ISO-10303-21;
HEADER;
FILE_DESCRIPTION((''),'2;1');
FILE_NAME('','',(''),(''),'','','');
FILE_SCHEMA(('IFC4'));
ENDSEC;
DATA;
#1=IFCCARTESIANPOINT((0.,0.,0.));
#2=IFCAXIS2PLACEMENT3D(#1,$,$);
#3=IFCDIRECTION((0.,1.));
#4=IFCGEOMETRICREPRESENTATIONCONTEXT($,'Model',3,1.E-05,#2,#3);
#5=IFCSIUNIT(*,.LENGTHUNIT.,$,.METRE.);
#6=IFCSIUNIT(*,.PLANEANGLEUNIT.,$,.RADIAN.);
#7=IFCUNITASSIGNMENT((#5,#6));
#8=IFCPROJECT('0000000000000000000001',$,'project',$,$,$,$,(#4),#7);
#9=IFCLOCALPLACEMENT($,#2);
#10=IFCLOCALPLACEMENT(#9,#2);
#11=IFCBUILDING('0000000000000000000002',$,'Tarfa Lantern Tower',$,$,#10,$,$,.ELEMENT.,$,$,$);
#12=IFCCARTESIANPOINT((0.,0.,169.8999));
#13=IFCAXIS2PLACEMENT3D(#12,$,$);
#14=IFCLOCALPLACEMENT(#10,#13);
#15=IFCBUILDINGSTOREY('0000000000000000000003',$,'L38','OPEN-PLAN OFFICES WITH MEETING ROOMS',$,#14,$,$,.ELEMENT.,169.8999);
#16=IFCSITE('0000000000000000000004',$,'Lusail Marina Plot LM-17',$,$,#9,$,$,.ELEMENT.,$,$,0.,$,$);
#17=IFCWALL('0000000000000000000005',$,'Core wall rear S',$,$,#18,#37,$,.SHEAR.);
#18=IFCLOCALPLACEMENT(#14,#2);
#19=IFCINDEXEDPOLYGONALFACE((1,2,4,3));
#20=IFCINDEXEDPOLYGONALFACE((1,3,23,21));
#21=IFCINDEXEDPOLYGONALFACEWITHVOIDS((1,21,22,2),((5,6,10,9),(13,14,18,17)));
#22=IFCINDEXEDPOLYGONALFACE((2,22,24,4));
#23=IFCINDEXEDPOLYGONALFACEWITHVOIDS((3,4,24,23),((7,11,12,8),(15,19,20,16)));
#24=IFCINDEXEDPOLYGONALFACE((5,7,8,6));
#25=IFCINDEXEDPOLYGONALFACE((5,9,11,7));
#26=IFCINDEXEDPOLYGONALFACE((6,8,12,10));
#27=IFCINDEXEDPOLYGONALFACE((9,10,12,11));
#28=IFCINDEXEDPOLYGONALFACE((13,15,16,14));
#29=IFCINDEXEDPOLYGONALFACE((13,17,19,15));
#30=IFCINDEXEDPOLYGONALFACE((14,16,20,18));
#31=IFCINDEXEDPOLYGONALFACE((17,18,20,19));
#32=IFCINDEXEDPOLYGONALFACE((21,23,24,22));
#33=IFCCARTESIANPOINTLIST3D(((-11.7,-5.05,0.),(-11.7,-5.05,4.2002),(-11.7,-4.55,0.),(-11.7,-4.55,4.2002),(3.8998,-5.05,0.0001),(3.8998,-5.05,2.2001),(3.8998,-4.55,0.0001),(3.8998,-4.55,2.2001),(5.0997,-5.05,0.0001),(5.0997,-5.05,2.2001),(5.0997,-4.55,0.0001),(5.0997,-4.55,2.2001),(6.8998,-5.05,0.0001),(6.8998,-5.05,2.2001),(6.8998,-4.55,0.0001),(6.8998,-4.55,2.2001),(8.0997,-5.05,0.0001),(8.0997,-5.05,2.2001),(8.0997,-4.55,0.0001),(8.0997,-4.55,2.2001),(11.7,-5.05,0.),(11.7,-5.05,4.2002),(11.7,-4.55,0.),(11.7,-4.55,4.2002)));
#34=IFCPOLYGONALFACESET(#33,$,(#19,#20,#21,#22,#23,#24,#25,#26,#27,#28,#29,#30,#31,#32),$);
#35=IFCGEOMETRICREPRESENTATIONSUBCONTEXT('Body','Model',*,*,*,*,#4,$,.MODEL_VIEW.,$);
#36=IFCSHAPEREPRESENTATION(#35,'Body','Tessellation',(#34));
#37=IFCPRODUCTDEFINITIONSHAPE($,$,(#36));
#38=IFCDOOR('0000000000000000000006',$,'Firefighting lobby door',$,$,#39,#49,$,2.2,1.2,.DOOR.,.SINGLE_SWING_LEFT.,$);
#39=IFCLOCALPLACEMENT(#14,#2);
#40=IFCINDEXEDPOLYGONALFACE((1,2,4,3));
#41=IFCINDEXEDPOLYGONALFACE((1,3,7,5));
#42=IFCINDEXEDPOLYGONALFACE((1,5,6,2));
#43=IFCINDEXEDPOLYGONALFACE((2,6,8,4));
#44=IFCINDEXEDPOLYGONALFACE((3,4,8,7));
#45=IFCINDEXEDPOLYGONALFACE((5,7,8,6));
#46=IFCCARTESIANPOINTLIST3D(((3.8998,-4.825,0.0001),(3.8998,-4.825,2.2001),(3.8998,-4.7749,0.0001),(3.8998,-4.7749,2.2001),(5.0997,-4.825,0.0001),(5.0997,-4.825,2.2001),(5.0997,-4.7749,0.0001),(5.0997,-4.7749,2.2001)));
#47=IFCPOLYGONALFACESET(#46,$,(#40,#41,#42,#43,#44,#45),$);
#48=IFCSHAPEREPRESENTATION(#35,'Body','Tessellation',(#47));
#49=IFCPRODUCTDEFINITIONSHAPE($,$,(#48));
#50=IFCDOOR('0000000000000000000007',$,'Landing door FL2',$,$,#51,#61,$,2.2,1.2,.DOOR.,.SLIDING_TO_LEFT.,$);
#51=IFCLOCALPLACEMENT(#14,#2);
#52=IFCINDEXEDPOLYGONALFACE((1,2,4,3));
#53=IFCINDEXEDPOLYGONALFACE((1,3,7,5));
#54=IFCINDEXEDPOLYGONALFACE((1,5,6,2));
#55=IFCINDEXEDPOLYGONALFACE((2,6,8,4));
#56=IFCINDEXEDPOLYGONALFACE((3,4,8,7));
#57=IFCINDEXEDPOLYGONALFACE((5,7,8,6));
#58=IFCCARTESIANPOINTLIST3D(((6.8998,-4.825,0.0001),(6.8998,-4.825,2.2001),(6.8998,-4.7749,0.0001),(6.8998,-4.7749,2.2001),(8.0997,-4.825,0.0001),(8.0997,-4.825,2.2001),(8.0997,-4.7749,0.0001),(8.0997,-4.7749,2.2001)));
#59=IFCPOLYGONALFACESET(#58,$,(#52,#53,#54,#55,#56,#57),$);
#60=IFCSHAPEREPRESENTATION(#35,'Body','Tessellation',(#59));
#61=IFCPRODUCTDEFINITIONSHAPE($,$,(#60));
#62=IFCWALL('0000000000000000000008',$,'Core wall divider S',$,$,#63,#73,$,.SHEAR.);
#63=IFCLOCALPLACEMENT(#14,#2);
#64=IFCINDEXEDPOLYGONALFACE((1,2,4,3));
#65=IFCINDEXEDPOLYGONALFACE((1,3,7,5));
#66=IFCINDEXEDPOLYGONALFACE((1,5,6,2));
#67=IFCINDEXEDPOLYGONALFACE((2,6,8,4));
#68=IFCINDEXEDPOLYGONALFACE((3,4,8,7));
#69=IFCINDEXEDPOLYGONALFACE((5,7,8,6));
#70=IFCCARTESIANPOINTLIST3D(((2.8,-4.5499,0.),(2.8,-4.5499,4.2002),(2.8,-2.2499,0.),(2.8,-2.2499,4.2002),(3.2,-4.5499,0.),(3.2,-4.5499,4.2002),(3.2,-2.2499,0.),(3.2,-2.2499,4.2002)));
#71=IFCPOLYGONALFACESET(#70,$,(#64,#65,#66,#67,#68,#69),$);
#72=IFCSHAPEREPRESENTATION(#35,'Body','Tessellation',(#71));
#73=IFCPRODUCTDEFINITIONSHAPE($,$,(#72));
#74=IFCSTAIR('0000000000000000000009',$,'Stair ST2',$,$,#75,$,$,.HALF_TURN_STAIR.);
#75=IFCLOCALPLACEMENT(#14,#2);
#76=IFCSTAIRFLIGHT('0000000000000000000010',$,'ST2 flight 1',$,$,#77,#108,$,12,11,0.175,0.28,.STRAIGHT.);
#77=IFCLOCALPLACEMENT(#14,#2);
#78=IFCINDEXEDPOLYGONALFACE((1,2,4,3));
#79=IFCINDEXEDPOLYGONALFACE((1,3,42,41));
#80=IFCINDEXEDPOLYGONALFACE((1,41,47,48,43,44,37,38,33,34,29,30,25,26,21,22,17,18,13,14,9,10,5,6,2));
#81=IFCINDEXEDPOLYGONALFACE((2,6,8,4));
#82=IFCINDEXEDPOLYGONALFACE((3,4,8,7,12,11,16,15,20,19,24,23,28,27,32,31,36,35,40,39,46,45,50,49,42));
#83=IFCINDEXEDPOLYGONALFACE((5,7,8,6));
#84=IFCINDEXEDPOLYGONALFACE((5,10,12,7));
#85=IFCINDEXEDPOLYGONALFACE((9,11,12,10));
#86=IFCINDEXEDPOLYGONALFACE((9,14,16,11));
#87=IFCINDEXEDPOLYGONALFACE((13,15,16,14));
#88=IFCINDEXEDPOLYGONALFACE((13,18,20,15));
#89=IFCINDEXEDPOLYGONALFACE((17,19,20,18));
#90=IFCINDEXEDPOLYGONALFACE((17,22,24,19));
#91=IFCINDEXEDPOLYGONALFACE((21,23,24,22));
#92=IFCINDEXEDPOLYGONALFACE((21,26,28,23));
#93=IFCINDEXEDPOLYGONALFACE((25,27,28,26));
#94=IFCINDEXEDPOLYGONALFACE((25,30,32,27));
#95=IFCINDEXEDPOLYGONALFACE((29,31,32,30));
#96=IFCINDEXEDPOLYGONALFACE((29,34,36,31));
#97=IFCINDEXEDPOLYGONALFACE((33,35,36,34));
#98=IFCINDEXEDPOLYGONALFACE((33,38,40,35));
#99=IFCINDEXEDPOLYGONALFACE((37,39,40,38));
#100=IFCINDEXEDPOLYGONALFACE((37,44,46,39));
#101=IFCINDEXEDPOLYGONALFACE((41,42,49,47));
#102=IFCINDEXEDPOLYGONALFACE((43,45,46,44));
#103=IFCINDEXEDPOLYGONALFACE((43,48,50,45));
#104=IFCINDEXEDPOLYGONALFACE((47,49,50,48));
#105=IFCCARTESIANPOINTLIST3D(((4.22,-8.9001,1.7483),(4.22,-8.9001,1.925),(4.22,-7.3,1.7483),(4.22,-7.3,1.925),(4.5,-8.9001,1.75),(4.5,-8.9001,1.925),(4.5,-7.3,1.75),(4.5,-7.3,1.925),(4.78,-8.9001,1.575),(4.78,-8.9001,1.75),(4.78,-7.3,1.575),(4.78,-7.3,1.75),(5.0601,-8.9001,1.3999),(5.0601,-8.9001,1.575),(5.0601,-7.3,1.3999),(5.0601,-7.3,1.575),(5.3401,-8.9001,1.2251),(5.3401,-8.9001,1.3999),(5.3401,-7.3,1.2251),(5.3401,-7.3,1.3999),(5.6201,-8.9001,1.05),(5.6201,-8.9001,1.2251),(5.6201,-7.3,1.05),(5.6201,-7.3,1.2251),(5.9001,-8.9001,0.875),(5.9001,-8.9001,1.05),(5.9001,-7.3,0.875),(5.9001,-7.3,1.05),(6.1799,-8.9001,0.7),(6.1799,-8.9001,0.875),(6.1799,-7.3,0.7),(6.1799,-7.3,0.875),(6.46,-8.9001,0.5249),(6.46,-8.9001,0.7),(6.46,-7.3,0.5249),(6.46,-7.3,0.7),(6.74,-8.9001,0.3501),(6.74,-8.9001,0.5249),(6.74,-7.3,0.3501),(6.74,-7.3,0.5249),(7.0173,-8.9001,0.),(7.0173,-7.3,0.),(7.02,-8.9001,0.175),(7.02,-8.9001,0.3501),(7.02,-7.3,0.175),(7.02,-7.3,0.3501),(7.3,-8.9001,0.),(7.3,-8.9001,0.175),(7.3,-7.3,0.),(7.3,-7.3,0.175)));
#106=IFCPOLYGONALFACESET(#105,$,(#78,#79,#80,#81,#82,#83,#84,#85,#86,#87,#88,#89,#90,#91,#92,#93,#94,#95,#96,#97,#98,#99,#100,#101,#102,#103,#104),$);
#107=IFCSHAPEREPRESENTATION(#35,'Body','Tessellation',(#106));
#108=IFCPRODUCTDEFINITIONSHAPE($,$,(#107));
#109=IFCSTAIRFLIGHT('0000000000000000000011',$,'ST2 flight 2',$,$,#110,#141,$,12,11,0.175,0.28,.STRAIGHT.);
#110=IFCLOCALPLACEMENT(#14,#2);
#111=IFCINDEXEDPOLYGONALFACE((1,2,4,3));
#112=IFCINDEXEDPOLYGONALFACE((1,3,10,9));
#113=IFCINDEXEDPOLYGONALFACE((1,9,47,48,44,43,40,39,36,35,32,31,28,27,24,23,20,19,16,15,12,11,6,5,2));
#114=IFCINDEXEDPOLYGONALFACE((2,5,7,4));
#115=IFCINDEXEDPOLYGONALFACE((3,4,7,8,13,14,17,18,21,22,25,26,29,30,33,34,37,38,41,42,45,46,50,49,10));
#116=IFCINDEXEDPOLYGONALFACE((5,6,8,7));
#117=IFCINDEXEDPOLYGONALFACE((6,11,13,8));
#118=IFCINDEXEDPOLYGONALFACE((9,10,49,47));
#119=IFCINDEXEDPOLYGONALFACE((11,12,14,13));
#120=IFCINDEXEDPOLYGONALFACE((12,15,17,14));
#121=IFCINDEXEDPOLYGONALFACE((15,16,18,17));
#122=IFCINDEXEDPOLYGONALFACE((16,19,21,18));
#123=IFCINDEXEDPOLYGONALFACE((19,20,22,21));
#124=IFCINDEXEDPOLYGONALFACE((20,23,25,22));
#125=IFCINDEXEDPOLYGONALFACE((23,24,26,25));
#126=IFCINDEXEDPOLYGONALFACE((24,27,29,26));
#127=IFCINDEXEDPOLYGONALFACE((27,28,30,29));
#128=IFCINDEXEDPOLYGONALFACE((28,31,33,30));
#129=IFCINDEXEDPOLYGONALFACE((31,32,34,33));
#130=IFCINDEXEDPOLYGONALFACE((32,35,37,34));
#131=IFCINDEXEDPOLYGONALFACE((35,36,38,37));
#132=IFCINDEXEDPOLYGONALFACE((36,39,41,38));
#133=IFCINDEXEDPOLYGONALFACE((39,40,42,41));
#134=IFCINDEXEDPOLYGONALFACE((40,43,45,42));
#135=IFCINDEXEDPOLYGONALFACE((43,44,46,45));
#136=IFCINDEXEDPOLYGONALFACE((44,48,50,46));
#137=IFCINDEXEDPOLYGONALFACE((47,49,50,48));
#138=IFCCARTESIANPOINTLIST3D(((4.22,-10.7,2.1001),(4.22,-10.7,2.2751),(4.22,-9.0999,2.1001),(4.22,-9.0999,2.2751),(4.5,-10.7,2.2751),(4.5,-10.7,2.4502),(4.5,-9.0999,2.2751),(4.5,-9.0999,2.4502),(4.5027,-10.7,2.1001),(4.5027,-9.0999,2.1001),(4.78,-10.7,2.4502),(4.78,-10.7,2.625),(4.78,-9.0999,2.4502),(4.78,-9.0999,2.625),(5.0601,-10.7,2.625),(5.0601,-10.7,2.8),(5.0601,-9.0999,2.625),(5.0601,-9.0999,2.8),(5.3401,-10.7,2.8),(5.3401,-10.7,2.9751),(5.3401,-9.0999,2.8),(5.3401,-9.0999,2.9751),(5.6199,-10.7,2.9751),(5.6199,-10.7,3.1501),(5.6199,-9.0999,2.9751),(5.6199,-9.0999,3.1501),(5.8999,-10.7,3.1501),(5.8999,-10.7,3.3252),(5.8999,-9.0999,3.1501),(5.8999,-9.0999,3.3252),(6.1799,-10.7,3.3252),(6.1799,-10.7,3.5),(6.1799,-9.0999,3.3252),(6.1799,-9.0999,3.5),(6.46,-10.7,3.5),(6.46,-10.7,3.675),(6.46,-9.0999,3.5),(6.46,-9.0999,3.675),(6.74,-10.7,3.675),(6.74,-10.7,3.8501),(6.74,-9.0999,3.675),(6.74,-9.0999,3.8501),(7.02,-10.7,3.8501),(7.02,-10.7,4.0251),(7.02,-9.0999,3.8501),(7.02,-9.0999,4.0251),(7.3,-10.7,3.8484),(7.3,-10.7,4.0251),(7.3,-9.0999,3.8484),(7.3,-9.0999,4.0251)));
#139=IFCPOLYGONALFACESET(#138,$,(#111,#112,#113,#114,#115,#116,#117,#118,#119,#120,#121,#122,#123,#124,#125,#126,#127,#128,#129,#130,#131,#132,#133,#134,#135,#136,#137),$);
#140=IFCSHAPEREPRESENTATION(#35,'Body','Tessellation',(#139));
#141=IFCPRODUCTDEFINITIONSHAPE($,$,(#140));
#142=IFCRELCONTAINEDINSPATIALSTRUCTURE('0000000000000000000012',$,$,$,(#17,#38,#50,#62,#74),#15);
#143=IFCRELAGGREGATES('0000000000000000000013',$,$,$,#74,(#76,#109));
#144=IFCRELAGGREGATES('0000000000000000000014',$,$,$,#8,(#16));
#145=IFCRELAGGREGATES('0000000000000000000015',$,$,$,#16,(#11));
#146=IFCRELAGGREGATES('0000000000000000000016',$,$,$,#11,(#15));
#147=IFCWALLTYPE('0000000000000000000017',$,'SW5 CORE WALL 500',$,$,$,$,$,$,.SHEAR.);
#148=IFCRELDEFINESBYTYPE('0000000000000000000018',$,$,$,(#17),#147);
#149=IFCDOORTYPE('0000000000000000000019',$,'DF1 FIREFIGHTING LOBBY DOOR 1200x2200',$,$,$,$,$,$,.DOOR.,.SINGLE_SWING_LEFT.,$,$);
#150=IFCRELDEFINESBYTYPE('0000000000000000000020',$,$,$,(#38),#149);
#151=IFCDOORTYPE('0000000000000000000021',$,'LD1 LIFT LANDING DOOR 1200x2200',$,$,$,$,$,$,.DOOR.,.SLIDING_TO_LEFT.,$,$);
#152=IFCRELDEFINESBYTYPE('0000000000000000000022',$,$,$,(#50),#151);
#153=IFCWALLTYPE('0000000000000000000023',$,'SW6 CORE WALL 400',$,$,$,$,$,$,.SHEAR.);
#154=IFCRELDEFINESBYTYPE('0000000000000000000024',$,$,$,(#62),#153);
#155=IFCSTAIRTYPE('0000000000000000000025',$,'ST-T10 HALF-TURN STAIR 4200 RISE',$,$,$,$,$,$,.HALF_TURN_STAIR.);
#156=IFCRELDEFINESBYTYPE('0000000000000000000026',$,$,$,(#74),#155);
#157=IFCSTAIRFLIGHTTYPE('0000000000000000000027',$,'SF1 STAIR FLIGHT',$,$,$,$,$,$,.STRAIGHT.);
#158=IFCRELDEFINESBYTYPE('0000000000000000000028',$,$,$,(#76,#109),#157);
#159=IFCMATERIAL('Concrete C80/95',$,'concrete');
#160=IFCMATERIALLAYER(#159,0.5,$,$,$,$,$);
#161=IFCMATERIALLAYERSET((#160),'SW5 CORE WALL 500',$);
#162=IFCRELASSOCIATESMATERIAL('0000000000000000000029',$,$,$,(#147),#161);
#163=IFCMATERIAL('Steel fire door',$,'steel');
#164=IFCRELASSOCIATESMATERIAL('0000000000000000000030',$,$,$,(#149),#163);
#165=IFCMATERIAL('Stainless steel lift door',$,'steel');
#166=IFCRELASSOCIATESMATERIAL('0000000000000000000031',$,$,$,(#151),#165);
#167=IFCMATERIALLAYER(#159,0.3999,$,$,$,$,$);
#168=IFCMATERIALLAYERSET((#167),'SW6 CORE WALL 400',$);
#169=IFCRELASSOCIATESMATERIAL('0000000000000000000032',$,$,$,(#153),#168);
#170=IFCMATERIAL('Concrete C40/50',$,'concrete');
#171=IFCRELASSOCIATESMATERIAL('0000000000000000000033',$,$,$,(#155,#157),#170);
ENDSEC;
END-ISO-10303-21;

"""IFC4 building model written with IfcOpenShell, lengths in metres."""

from ifc_helpers import new_model, si_unit, direction, frame, frame_2d, origin, place, context, subcontext, project, spatial, polyline, rectangle, outline, extrude, material, layer, layer_set, type_object, element, fill, aggregate, save


model = new_model("IFC4")

# Units and contexts
model_context = context("Model", 3, precision=1e-05, world=origin(), true_north=direction((0.0, 1.0)))
body_context = subcontext(model_context, "Body", "Model", "MODEL_VIEW")
ifc_project = project(units=[si_unit("LENGTHUNIT", "METRE"), si_unit("PLANEANGLEUNIT", "RADIAN")], contexts=[model_context])

# Site, building, storey
site_placement = place(None, origin())
site = spatial("IfcSite", under=ifc_project, at=site_placement, Name="Lusail Marina Plot LM-17", CompositionType="ELEMENT", RefElevation=0.0)
building_placement = place(site_placement, origin())
building = spatial("IfcBuilding", under=site, at=building_placement, Name="Tarfa Lantern Tower", CompositionType="ELEMENT")
storey_placement = place(building_placement, frame((0.0, 0.0, 169.8999)))
storey = spatial("IfcBuildingStorey", under=building, at=storey_placement, Name="L38", Description="OPEN-PLAN OFFICES WITH MEETING ROOMS", CompositionType="ELEMENT", Elevation=169.8999)

# Shared definitions
ifc_material_1 = material(Name="Concrete C80/95", Category="concrete")

# Shared definitions
ifc_material_2 = material(Name="Steel fire door", Category="steel")

# Wall, openings, doors
ifc_layer_1 = layer(ifc_material_1, 0.5)
ifc_layer_set_1 = layer_set([ifc_layer_1], Name="SW5 CORE WALL 500")
wall_type_1 = type_object("IfcWallType", Name="SW5 CORE WALL 500", PredefinedType="SHEAR", material=ifc_layer_set_1)
wall_1_placement = place(storey_placement, frame((11.7, -4.8, 0.0), z_axis=(0.0, 0.0, 1.0), x_axis=(-1.0, 0.0, 0.0)))
wall_1 = element("IfcWall", 1, at=wall_1_placement, inside=storey, type_object=wall_type_1, Name="Core wall rear S", PredefinedType="SHEAR", context=body_context, shape_type="SweptSolid", body=[
    extrude(rectangle(XDim=23.3999, YDim=0.5, at=frame_2d((11.7, 0.0))), origin(), (0.0, 0.0, 1.0), 4.2002),
])
opening_1_placement = place(wall_1_placement, frame((6.6001, 0.0, 0.0)))
opening_1 = element("IfcOpeningElement", 2, at=opening_1_placement, cuts=wall_1, PredefinedType="OPENING", context=body_context, shape_type="SweptSolid", body=[
    extrude(rectangle(XDim=1.2, YDim=2.2, at=frame_2d((0.6001, 1.1001))), frame((0.0, 0.26, 0.0), z_axis=(0.0, -1.0, 0.0), x_axis=(1.0, 0.0, 0.0)), (0.0, 0.0, 1.0), 0.52),
])
opening_2_placement = place(wall_1_placement, frame((3.6001, 0.0, 0.0)))
opening_2 = element("IfcOpeningElement", 3, at=opening_2_placement, cuts=wall_1, PredefinedType="OPENING", context=body_context, shape_type="SweptSolid", body=[
    extrude(rectangle(XDim=1.2, YDim=2.2, at=frame_2d((0.6001, 1.1001))), frame((0.0, 0.26, 0.0), z_axis=(0.0, -1.0, 0.0), x_axis=(1.0, 0.0, 0.0)), (0.0, 0.0, 1.0), 0.52),
])
door_type_1 = type_object("IfcDoorType", Name="DF1 FIREFIGHTING LOBBY DOOR 1200x2200", OperationType="SINGLE_SWING_LEFT", PredefinedType="DOOR", material=ifc_material_2)
door_1_placement = place(opening_1_placement, origin())
door_1 = element("IfcDoor", 4, at=door_1_placement, inside=storey, type_object=door_type_1, Name="Firefighting lobby door", OperationType="SINGLE_SWING_LEFT", OverallHeight=2.2, OverallWidth=1.2, PredefinedType="DOOR", context=body_context, shape_type="SweptSolid", body=[
    extrude(rectangle(XDim=1.2, YDim=2.2, at=frame_2d((0.6001, 1.1001))), frame((0.0, 0.0249, 0.0), z_axis=(0.0, -1.0, 0.0), x_axis=(1.0, 0.0, 0.0)), (0.0, 0.0, 1.0), 0.05),
])
fill(opening_1, door_1)
ifc_material_3 = material(Name="Stainless steel lift door", Category="steel")
door_type_2 = type_object("IfcDoorType", Name="LD1 LIFT LANDING DOOR 1200x2200", OperationType="SLIDING_TO_LEFT", PredefinedType="DOOR", material=ifc_material_3)
door_2_placement = place(opening_2_placement, origin())
door_2 = element("IfcDoor", 5, at=door_2_placement, inside=storey, type_object=door_type_2, Name="Landing door FL2", OperationType="SLIDING_TO_LEFT", OverallHeight=2.2, OverallWidth=1.2, PredefinedType="DOOR", context=body_context, shape_type="SweptSolid", body=[
    extrude(rectangle(XDim=1.2, YDim=2.2, at=frame_2d((0.6001, 1.1001))), frame((0.0, 0.0249, 0.0), z_axis=(0.0, -1.0, 0.0), x_axis=(1.0, 0.0, 0.0)), (0.0, 0.0, 1.0), 0.05),
])
fill(opening_2, door_2)

# Wall
ifc_layer_2 = layer(ifc_material_1, 0.3999)
ifc_layer_set_2 = layer_set([ifc_layer_2], Name="SW6 CORE WALL 400")
wall_type_2 = type_object("IfcWallType", Name="SW6 CORE WALL 400", PredefinedType="SHEAR", material=ifc_layer_set_2)
wall_2_placement = place(storey_placement, frame((3.0, -2.25, 0.0), z_axis=(0.0, 0.0, 1.0), x_axis=(0.0, -1.0, 0.0)))
element("IfcWall", 6, at=wall_2_placement, inside=storey, type_object=wall_type_2, Name="Core wall divider S", PredefinedType="SHEAR", context=body_context, shape_type="SweptSolid", body=[
    extrude(rectangle(XDim=2.3, YDim=0.3999, at=frame_2d((1.1499, 0.0))), origin(), (0.0, 0.0, 1.0), 4.2002),
])

# Stair, stair flights
ifc_material_4 = material(Name="Concrete C40/50", Category="concrete")
stair_type = type_object("IfcStairType", Name="ST-T10 HALF-TURN STAIR 4200 RISE", PredefinedType="HALF_TURN_STAIR", material=ifc_material_4)
stair_placement = place(storey_placement, origin())
stair = element("IfcStair", 7, at=stair_placement, inside=storey, type_object=stair_type, Name="Stair ST2", PredefinedType="HALF_TURN_STAIR")
stair_flight_type = type_object("IfcStairFlightType", Name="SF1 STAIR FLIGHT", PredefinedType="STRAIGHT", material=ifc_material_4)
stair_flight_1_placement = place(storey_placement, frame((7.3, -8.1001, 0.0), z_axis=(0.0, 0.0, 1.0), x_axis=(-1.0, 0.0, 0.0)))
stair_flight_1 = element("IfcStairFlight", 8, at=stair_flight_1_placement, type_object=stair_flight_type, Name="ST2 flight 1", NumberOfRisers=12, NumberOfTreads=11, PredefinedType="STRAIGHT", RiserHeight=0.175, TreadLength=0.28, context=body_context, shape_type="SweptSolid", body=[
    extrude(outline(polyline([(0.0, 0.0), (0.0, 0.175), (0.28, 0.175), (0.28, 0.3501), (0.5601, 0.3501), (0.5601, 0.5249), (0.8401, 0.5249), (0.8401, 0.7), (1.1201, 0.7), (1.1201, 0.875), (1.3999, 0.875), (1.3999, 1.05), (1.6799, 1.05), (1.6799, 1.2251), (1.96, 1.2251), (1.96, 1.3999), (2.24, 1.3999), (2.24, 1.575), (2.52, 1.575), (2.52, 1.75), (2.8, 1.75), (2.8, 1.925), (3.0801, 1.925), (3.0801, 2.1001), (3.0801, 1.7483), (0.2827, 0.0), (0.0, 0.0)])), frame((0.0, 0.8, 0.0), z_axis=(0.0, -1.0, 0.0), x_axis=(1.0, 0.0, 0.0)), (0.0, 0.0, 1.0), 1.6001),
])
stair_flight_2_placement = place(storey_placement, frame((4.22, -9.8999, 2.1001), z_axis=(0.0, 0.0, 1.0), x_axis=(1.0, 0.0, 0.0)))
stair_flight_2 = element("IfcStairFlight", 9, at=stair_flight_2_placement, type_object=stair_flight_type, Name="ST2 flight 2", NumberOfRisers=12, NumberOfTreads=11, PredefinedType="STRAIGHT", RiserHeight=0.175, TreadLength=0.28, context=body_context, shape_type="SweptSolid", body=[
    extrude(outline(polyline([(0.0, 0.0), (0.0, 0.175), (0.28, 0.175), (0.28, 0.3501), (0.5601, 0.3501), (0.5601, 0.5249), (0.8401, 0.5249), (0.8401, 0.7), (1.1201, 0.7), (1.1201, 0.875), (1.3999, 0.875), (1.3999, 1.05), (1.6799, 1.05), (1.6799, 1.2251), (1.96, 1.2251), (1.96, 1.3999), (2.24, 1.3999), (2.24, 1.575), (2.52, 1.575), (2.52, 1.75), (2.8, 1.75), (2.8, 1.925), (3.0801, 1.925), (3.0801, 2.1001), (3.0801, 1.7483), (0.2827, 0.0), (0.0, 0.0)])), frame((0.0, 0.8, 0.0), z_axis=(0.0, -1.0, 0.0), x_axis=(1.0, 0.0, 0.0)), (0.0, 0.0, 1.0), 1.6001),
])
aggregate(stair, [stair_flight_1, stair_flight_2])

save(model, "model.ifc")
